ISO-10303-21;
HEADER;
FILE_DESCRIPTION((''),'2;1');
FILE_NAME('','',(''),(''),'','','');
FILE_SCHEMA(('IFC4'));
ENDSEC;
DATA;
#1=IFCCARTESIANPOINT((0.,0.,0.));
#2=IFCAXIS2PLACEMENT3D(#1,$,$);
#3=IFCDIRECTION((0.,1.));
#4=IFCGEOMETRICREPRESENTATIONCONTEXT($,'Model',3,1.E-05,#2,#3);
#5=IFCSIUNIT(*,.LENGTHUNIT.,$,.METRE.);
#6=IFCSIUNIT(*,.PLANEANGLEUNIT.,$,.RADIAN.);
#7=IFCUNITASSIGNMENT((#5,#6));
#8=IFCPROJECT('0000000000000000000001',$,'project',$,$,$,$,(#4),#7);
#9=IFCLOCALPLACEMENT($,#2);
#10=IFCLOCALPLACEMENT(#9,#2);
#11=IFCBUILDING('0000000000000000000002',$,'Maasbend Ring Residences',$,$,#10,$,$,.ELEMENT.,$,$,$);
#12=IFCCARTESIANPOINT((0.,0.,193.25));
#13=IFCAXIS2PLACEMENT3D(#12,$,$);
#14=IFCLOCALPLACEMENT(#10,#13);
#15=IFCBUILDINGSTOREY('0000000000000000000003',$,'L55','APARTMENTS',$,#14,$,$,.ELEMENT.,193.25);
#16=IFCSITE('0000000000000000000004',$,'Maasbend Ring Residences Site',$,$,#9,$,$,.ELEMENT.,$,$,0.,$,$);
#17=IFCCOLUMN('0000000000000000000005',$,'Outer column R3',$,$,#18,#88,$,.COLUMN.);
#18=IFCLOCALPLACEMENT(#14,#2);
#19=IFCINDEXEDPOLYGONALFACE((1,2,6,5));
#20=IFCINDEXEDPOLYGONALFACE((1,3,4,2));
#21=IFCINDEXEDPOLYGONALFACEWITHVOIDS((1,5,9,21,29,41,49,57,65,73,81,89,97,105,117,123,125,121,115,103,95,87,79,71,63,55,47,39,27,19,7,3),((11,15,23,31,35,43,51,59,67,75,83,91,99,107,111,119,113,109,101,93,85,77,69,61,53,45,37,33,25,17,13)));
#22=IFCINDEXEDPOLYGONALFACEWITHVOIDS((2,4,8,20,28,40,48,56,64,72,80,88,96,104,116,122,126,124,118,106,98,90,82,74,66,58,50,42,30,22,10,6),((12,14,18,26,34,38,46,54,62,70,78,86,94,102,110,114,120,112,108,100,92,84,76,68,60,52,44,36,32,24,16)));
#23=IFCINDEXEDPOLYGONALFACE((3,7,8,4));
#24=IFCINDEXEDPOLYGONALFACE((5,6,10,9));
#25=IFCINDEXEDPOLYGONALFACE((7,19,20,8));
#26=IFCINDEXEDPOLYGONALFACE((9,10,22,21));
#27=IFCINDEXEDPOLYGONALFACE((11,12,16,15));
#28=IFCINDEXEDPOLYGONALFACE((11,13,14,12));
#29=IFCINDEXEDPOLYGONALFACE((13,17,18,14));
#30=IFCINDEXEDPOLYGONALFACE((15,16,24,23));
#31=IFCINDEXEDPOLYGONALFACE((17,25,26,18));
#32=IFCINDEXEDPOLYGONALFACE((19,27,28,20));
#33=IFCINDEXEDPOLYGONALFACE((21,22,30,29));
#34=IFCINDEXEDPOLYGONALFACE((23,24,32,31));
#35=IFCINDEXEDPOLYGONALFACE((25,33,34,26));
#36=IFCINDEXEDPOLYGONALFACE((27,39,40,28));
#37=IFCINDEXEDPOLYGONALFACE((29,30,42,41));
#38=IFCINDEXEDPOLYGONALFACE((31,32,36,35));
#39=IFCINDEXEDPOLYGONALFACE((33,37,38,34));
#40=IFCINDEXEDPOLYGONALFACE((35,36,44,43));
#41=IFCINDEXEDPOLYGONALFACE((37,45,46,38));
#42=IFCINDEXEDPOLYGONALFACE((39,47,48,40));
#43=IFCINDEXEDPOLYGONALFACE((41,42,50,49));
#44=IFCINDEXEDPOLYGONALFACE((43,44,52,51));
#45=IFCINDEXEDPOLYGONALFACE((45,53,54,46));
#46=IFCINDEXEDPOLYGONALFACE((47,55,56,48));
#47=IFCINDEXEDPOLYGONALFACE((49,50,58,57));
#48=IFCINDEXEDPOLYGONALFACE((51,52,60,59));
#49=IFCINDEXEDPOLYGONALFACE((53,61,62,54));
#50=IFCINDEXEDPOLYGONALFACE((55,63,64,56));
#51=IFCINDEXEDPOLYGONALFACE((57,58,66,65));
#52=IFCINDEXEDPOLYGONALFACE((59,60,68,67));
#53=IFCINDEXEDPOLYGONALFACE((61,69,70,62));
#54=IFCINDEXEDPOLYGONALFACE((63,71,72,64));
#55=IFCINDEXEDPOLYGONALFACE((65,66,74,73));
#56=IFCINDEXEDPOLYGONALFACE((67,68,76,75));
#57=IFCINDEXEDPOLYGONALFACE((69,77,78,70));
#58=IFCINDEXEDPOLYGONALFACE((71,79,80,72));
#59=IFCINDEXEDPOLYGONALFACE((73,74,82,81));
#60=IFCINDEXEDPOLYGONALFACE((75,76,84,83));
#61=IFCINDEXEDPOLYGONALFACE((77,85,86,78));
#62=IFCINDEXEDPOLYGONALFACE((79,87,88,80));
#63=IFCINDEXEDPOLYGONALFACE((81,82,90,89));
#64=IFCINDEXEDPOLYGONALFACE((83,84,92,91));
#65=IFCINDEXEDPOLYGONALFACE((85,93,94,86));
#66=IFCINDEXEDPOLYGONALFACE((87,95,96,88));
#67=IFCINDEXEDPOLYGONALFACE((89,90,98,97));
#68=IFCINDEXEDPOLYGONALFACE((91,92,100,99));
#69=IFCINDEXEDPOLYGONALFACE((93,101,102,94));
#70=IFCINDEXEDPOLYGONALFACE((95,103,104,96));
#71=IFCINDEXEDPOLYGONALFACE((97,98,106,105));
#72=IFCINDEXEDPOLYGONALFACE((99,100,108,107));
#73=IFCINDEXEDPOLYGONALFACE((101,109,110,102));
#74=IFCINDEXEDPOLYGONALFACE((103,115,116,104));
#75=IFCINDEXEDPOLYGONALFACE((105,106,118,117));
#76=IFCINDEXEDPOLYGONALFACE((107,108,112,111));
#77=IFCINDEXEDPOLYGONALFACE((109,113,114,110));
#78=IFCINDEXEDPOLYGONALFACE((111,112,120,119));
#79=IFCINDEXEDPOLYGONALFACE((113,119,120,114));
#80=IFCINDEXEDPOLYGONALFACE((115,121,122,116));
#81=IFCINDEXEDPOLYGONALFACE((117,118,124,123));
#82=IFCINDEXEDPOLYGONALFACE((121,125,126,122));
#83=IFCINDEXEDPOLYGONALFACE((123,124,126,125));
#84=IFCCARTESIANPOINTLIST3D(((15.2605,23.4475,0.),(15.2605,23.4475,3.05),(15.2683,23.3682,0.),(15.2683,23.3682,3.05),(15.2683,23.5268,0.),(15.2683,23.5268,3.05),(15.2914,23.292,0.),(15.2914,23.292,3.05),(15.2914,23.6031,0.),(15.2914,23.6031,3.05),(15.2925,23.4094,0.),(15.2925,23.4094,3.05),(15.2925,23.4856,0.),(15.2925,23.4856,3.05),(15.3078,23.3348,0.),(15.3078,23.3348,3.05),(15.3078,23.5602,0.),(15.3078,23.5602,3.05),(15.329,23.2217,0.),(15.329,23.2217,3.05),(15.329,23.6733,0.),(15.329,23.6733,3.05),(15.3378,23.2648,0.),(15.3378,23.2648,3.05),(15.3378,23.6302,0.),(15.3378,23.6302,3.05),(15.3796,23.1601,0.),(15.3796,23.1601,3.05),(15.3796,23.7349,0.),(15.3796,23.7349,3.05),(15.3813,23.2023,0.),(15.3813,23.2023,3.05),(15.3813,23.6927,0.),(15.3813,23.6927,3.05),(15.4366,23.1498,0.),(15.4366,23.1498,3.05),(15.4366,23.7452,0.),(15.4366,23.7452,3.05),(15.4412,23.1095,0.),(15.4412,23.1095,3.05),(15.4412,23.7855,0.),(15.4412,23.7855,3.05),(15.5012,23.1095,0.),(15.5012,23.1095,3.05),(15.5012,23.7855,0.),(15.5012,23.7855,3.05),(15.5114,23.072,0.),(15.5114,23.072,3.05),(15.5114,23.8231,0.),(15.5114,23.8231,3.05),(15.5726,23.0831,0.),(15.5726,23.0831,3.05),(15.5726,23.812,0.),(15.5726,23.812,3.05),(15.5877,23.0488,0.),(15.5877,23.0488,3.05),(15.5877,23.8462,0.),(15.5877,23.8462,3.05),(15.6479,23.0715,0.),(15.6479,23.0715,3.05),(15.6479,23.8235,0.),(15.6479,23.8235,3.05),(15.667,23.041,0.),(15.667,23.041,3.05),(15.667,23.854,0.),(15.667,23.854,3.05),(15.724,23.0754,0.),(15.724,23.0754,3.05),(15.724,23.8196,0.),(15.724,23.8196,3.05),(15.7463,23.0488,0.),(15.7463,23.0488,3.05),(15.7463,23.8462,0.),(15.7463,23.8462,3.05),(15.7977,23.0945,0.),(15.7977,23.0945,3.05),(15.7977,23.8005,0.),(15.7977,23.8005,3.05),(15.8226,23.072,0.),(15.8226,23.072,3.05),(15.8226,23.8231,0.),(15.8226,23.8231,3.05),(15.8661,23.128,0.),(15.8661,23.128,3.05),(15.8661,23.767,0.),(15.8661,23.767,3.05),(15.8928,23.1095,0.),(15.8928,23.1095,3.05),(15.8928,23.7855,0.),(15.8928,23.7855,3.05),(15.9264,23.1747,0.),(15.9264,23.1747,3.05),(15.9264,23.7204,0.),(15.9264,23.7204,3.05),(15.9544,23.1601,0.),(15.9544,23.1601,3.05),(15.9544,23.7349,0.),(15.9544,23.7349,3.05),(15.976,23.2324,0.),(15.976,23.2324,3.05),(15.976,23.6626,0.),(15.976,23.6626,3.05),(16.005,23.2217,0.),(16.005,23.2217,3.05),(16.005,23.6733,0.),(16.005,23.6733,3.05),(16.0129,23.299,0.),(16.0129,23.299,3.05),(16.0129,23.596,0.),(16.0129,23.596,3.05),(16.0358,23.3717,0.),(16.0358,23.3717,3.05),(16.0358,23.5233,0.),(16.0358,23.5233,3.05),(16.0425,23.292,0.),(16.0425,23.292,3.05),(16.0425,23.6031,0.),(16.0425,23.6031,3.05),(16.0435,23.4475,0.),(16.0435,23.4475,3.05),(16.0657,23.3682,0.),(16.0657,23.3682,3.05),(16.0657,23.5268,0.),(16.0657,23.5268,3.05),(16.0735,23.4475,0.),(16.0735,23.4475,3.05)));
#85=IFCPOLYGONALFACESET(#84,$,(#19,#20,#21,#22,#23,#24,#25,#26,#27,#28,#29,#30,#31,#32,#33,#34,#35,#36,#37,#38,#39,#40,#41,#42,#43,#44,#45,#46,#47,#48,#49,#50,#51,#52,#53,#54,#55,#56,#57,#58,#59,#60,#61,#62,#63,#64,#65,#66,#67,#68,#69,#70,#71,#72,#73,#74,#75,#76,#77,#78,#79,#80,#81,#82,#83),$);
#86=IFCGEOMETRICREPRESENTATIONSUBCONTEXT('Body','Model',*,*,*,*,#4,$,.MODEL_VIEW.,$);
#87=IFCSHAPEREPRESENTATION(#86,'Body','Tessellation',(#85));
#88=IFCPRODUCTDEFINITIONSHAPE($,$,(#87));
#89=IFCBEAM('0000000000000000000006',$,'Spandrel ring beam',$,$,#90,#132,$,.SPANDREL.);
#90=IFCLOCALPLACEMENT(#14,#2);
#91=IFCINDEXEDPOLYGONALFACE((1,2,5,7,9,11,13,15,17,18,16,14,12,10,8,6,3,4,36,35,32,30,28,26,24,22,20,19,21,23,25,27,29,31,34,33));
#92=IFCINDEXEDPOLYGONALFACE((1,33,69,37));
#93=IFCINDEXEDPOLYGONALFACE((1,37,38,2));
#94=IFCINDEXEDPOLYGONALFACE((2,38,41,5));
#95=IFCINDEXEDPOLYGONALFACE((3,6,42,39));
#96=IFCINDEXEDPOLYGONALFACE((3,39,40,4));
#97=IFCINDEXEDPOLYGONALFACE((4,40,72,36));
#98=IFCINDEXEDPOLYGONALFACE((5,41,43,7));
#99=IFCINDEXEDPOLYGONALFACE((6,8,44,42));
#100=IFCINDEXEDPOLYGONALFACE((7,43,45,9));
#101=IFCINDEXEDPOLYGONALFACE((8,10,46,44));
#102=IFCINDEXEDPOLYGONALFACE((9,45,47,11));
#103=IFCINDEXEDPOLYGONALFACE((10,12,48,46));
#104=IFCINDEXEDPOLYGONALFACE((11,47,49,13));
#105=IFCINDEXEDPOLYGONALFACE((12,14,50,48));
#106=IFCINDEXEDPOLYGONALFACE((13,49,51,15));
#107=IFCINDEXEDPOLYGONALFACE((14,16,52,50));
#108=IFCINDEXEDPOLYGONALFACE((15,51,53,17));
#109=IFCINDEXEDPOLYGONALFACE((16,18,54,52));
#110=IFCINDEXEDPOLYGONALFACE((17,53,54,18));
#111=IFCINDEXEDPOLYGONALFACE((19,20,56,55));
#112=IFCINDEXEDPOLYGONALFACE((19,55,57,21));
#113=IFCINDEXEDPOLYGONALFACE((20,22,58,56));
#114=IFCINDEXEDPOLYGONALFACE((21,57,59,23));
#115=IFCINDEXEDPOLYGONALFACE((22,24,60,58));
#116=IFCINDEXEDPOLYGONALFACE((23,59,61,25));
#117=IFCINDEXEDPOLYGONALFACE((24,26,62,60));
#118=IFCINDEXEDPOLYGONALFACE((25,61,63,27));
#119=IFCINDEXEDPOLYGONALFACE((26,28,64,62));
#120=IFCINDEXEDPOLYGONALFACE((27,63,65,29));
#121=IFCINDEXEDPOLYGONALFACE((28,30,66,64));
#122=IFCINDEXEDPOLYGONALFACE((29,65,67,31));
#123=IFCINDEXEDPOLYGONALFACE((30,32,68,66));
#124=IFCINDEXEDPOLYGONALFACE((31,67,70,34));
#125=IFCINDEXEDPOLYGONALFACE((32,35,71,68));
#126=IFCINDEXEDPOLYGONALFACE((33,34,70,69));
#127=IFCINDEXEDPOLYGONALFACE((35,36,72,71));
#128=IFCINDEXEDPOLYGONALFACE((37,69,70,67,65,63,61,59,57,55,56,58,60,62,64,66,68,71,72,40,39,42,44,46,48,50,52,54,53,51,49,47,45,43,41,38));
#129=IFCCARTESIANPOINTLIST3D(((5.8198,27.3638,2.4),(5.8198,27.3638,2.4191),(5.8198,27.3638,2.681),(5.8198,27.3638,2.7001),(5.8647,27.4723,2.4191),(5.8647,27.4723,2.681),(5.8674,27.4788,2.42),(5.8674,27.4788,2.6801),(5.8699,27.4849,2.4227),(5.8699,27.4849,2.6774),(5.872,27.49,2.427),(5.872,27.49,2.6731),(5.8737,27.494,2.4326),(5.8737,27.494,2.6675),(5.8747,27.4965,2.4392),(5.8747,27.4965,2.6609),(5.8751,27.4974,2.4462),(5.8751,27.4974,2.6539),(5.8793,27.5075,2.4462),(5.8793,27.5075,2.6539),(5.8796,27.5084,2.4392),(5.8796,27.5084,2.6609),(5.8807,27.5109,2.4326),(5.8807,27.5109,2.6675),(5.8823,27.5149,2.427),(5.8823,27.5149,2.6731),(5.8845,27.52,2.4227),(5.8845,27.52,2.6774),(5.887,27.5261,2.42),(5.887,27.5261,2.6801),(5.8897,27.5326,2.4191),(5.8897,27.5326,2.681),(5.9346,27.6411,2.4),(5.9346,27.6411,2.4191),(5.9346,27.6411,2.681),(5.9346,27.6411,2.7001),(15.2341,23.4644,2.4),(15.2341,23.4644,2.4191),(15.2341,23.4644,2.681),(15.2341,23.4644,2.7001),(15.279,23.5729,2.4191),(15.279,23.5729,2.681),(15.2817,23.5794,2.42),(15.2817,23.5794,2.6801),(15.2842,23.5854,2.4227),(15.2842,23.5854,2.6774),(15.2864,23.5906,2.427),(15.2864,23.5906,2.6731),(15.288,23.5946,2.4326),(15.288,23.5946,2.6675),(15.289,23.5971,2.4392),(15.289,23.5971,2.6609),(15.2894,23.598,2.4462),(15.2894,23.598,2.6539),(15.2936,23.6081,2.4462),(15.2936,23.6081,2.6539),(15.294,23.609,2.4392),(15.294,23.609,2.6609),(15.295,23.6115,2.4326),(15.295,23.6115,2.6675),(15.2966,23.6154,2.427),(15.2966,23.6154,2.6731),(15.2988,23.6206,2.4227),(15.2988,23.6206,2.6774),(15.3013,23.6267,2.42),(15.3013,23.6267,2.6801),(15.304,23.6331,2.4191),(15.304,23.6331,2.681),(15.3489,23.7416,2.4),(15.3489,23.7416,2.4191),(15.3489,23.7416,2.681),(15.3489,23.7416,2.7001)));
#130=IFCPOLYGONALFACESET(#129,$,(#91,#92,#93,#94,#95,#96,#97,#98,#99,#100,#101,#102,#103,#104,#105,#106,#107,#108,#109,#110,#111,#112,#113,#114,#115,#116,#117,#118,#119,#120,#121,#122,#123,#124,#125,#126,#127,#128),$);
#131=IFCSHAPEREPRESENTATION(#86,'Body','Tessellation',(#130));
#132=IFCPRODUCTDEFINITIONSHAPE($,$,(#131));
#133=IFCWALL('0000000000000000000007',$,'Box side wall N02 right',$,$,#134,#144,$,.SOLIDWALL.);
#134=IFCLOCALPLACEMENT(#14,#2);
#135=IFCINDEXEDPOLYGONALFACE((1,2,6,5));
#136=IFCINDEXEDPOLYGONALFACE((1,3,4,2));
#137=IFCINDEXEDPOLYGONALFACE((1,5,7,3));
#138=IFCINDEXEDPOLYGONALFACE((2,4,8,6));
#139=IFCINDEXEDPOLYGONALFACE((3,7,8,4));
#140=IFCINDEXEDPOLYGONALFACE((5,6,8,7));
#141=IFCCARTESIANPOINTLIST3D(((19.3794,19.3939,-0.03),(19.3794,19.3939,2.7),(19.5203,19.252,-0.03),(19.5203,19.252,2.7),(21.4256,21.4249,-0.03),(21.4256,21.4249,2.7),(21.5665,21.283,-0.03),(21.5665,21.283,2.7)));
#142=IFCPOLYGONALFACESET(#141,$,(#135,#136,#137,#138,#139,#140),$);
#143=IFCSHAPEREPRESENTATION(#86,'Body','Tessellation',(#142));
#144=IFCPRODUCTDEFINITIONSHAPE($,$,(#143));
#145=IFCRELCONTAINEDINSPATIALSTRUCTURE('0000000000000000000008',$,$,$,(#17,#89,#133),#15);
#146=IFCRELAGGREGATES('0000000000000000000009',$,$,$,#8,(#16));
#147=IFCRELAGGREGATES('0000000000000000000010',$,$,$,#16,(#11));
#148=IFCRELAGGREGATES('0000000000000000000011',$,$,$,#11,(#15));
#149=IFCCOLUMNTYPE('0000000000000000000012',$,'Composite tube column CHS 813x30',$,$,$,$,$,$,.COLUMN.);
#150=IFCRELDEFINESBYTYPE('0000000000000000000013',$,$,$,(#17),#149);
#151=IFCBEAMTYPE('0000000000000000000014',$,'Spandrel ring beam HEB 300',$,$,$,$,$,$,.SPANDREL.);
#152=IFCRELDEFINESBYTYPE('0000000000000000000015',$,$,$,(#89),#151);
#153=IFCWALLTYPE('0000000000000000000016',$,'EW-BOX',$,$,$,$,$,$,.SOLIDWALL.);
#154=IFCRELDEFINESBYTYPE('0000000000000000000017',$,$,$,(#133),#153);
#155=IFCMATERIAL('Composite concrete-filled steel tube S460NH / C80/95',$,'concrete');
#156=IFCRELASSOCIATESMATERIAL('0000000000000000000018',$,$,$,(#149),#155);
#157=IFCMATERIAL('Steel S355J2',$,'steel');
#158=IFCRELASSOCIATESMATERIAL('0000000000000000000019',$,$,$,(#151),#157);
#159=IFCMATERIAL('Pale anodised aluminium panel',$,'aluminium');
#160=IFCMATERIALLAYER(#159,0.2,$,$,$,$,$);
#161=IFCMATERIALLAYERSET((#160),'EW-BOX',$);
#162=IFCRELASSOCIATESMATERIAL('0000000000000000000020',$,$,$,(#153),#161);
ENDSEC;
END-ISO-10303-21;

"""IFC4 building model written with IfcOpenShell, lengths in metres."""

from ifc_helpers import new_model, si_unit, direction, frame, frame_2d, origin, origin_2d, place, context, subcontext, project, spatial, rectangle, hollow_circle, i_section, extrude, material, layer, layer_set, material_profile, profile_set, type_object, element, save


model = new_model("IFC4")

# Units and contexts
model_context = context("Model", 3, precision=1e-05, world=origin(), true_north=direction((0.0, 1.0)))
body_context = subcontext(model_context, "Body", "Model", "MODEL_VIEW")
ifc_project = project(units=[si_unit("LENGTHUNIT", "METRE"), si_unit("PLANEANGLEUNIT", "RADIAN")], contexts=[model_context])

# Site, building, storey
site_placement = place(None, origin())
site = spatial("IfcSite", under=ifc_project, at=site_placement, Name="Maasbend Ring Residences Site", CompositionType="ELEMENT", RefElevation=0.0)
building_placement = place(site_placement, origin())
building = spatial("IfcBuilding", under=site, at=building_placement, Name="Maasbend Ring Residences", CompositionType="ELEMENT")
storey_placement = place(building_placement, frame((0.0, 0.0, 193.25)))
storey = spatial("IfcBuildingStorey", under=building, at=storey_placement, Name="L55", Description="APARTMENTS", CompositionType="ELEMENT", Elevation=193.25)

# Column
ifc_material_1 = material(Name="Composite concrete-filled steel tube S460NH / C80/95", Category="concrete")
ifc_material_profile_1 = material_profile(ifc_material_1, hollow_circle(Radius=0.4065, WallThickness=0.03, at=origin_2d()), Name="Composite tube column CHS 813x30")
ifc_profile_set_1 = profile_set([ifc_material_profile_1], Name="Composite concrete-filled steel tube S460NH / C80/95")
column_type = type_object("IfcColumnType", Name="Composite tube column CHS 813x30", PredefinedType="COLUMN", material=ifc_profile_set_1)
column_placement = place(storey_placement, frame((15.667, 23.4475, 0.0), z_axis=(0.0, 0.0, 1.0), x_axis=(1.0, 0.0, 0.0)))
element("IfcColumn", 1, at=column_placement, inside=storey, type_object=column_type, Name="Outer column R3", PredefinedType="COLUMN", context=body_context, shape_type="SweptSolid", body=[
    extrude(hollow_circle(Radius=0.4065, WallThickness=0.03, at=origin_2d()), origin(), (0.0, 0.0, 1.0), 3.05),
])

# Beam
ifc_material_2 = material(Name="Steel S355J2", Category="steel")
ifc_material_profile_2 = material_profile(ifc_material_2, i_section(OverallWidth=0.3, OverallDepth=0.3, WebThickness=0.011, FlangeThickness=0.019, FilletRadius=0.0271, at=origin_2d()), Name="HEB 300")
ifc_profile_set_2 = profile_set([ifc_material_profile_2], Name="Steel S355J2")
beam_type = type_object("IfcBeamType", Name="Spandrel ring beam HEB 300", PredefinedType="SPANDREL", material=ifc_profile_set_2)
beam_placement = place(storey_placement, frame((15.2915, 23.603, 2.55), z_axis=(-0.923884, 0.382673, 0.0), x_axis=(-0.382673, -0.923884, 0.0)))
element("IfcBeam", 2, at=beam_placement, inside=storey, type_object=beam_type, Name="Spandrel ring beam", PredefinedType="SPANDREL", context=body_context, shape_type="SweptSolid", body=[
    extrude(i_section(OverallWidth=0.3, OverallDepth=0.3, WebThickness=0.011, FlangeThickness=0.019, FilletRadius=0.0271, at=origin_2d()), origin(), (0.0, 0.0, 1.0), 10.1899),
])

# Wall
ifc_material_3 = material(Name="Pale anodised aluminium panel", Category="aluminium")
ifc_layer_1 = layer(ifc_material_3, 0.2)
ifc_layer_set_1 = layer_set([ifc_layer_1], Name="EW-BOX")
wall_type_1 = type_object("IfcWallType", Name="EW-BOX", PredefinedType="SOLIDWALL", material=ifc_layer_set_1)
wall_1_placement = place(storey_placement, frame((19.45, 19.323, -0.03), z_axis=(0.0, 0.0, 1.0), x_axis=(0.709727, 0.704477, 0.0)))
element("IfcWall", 3, at=wall_1_placement, inside=storey, type_object=wall_type_1, Name="Box side wall N02 right", PredefinedType="SOLIDWALL", context=body_context, shape_type="SweptSolid", body=[
    extrude(rectangle(XDim=2.8831, YDim=0.2, at=frame_2d((1.4414, 0.0))), origin(), (0.0, 0.0, 1.0), 2.73),
])

save(model, "model.ifc")
